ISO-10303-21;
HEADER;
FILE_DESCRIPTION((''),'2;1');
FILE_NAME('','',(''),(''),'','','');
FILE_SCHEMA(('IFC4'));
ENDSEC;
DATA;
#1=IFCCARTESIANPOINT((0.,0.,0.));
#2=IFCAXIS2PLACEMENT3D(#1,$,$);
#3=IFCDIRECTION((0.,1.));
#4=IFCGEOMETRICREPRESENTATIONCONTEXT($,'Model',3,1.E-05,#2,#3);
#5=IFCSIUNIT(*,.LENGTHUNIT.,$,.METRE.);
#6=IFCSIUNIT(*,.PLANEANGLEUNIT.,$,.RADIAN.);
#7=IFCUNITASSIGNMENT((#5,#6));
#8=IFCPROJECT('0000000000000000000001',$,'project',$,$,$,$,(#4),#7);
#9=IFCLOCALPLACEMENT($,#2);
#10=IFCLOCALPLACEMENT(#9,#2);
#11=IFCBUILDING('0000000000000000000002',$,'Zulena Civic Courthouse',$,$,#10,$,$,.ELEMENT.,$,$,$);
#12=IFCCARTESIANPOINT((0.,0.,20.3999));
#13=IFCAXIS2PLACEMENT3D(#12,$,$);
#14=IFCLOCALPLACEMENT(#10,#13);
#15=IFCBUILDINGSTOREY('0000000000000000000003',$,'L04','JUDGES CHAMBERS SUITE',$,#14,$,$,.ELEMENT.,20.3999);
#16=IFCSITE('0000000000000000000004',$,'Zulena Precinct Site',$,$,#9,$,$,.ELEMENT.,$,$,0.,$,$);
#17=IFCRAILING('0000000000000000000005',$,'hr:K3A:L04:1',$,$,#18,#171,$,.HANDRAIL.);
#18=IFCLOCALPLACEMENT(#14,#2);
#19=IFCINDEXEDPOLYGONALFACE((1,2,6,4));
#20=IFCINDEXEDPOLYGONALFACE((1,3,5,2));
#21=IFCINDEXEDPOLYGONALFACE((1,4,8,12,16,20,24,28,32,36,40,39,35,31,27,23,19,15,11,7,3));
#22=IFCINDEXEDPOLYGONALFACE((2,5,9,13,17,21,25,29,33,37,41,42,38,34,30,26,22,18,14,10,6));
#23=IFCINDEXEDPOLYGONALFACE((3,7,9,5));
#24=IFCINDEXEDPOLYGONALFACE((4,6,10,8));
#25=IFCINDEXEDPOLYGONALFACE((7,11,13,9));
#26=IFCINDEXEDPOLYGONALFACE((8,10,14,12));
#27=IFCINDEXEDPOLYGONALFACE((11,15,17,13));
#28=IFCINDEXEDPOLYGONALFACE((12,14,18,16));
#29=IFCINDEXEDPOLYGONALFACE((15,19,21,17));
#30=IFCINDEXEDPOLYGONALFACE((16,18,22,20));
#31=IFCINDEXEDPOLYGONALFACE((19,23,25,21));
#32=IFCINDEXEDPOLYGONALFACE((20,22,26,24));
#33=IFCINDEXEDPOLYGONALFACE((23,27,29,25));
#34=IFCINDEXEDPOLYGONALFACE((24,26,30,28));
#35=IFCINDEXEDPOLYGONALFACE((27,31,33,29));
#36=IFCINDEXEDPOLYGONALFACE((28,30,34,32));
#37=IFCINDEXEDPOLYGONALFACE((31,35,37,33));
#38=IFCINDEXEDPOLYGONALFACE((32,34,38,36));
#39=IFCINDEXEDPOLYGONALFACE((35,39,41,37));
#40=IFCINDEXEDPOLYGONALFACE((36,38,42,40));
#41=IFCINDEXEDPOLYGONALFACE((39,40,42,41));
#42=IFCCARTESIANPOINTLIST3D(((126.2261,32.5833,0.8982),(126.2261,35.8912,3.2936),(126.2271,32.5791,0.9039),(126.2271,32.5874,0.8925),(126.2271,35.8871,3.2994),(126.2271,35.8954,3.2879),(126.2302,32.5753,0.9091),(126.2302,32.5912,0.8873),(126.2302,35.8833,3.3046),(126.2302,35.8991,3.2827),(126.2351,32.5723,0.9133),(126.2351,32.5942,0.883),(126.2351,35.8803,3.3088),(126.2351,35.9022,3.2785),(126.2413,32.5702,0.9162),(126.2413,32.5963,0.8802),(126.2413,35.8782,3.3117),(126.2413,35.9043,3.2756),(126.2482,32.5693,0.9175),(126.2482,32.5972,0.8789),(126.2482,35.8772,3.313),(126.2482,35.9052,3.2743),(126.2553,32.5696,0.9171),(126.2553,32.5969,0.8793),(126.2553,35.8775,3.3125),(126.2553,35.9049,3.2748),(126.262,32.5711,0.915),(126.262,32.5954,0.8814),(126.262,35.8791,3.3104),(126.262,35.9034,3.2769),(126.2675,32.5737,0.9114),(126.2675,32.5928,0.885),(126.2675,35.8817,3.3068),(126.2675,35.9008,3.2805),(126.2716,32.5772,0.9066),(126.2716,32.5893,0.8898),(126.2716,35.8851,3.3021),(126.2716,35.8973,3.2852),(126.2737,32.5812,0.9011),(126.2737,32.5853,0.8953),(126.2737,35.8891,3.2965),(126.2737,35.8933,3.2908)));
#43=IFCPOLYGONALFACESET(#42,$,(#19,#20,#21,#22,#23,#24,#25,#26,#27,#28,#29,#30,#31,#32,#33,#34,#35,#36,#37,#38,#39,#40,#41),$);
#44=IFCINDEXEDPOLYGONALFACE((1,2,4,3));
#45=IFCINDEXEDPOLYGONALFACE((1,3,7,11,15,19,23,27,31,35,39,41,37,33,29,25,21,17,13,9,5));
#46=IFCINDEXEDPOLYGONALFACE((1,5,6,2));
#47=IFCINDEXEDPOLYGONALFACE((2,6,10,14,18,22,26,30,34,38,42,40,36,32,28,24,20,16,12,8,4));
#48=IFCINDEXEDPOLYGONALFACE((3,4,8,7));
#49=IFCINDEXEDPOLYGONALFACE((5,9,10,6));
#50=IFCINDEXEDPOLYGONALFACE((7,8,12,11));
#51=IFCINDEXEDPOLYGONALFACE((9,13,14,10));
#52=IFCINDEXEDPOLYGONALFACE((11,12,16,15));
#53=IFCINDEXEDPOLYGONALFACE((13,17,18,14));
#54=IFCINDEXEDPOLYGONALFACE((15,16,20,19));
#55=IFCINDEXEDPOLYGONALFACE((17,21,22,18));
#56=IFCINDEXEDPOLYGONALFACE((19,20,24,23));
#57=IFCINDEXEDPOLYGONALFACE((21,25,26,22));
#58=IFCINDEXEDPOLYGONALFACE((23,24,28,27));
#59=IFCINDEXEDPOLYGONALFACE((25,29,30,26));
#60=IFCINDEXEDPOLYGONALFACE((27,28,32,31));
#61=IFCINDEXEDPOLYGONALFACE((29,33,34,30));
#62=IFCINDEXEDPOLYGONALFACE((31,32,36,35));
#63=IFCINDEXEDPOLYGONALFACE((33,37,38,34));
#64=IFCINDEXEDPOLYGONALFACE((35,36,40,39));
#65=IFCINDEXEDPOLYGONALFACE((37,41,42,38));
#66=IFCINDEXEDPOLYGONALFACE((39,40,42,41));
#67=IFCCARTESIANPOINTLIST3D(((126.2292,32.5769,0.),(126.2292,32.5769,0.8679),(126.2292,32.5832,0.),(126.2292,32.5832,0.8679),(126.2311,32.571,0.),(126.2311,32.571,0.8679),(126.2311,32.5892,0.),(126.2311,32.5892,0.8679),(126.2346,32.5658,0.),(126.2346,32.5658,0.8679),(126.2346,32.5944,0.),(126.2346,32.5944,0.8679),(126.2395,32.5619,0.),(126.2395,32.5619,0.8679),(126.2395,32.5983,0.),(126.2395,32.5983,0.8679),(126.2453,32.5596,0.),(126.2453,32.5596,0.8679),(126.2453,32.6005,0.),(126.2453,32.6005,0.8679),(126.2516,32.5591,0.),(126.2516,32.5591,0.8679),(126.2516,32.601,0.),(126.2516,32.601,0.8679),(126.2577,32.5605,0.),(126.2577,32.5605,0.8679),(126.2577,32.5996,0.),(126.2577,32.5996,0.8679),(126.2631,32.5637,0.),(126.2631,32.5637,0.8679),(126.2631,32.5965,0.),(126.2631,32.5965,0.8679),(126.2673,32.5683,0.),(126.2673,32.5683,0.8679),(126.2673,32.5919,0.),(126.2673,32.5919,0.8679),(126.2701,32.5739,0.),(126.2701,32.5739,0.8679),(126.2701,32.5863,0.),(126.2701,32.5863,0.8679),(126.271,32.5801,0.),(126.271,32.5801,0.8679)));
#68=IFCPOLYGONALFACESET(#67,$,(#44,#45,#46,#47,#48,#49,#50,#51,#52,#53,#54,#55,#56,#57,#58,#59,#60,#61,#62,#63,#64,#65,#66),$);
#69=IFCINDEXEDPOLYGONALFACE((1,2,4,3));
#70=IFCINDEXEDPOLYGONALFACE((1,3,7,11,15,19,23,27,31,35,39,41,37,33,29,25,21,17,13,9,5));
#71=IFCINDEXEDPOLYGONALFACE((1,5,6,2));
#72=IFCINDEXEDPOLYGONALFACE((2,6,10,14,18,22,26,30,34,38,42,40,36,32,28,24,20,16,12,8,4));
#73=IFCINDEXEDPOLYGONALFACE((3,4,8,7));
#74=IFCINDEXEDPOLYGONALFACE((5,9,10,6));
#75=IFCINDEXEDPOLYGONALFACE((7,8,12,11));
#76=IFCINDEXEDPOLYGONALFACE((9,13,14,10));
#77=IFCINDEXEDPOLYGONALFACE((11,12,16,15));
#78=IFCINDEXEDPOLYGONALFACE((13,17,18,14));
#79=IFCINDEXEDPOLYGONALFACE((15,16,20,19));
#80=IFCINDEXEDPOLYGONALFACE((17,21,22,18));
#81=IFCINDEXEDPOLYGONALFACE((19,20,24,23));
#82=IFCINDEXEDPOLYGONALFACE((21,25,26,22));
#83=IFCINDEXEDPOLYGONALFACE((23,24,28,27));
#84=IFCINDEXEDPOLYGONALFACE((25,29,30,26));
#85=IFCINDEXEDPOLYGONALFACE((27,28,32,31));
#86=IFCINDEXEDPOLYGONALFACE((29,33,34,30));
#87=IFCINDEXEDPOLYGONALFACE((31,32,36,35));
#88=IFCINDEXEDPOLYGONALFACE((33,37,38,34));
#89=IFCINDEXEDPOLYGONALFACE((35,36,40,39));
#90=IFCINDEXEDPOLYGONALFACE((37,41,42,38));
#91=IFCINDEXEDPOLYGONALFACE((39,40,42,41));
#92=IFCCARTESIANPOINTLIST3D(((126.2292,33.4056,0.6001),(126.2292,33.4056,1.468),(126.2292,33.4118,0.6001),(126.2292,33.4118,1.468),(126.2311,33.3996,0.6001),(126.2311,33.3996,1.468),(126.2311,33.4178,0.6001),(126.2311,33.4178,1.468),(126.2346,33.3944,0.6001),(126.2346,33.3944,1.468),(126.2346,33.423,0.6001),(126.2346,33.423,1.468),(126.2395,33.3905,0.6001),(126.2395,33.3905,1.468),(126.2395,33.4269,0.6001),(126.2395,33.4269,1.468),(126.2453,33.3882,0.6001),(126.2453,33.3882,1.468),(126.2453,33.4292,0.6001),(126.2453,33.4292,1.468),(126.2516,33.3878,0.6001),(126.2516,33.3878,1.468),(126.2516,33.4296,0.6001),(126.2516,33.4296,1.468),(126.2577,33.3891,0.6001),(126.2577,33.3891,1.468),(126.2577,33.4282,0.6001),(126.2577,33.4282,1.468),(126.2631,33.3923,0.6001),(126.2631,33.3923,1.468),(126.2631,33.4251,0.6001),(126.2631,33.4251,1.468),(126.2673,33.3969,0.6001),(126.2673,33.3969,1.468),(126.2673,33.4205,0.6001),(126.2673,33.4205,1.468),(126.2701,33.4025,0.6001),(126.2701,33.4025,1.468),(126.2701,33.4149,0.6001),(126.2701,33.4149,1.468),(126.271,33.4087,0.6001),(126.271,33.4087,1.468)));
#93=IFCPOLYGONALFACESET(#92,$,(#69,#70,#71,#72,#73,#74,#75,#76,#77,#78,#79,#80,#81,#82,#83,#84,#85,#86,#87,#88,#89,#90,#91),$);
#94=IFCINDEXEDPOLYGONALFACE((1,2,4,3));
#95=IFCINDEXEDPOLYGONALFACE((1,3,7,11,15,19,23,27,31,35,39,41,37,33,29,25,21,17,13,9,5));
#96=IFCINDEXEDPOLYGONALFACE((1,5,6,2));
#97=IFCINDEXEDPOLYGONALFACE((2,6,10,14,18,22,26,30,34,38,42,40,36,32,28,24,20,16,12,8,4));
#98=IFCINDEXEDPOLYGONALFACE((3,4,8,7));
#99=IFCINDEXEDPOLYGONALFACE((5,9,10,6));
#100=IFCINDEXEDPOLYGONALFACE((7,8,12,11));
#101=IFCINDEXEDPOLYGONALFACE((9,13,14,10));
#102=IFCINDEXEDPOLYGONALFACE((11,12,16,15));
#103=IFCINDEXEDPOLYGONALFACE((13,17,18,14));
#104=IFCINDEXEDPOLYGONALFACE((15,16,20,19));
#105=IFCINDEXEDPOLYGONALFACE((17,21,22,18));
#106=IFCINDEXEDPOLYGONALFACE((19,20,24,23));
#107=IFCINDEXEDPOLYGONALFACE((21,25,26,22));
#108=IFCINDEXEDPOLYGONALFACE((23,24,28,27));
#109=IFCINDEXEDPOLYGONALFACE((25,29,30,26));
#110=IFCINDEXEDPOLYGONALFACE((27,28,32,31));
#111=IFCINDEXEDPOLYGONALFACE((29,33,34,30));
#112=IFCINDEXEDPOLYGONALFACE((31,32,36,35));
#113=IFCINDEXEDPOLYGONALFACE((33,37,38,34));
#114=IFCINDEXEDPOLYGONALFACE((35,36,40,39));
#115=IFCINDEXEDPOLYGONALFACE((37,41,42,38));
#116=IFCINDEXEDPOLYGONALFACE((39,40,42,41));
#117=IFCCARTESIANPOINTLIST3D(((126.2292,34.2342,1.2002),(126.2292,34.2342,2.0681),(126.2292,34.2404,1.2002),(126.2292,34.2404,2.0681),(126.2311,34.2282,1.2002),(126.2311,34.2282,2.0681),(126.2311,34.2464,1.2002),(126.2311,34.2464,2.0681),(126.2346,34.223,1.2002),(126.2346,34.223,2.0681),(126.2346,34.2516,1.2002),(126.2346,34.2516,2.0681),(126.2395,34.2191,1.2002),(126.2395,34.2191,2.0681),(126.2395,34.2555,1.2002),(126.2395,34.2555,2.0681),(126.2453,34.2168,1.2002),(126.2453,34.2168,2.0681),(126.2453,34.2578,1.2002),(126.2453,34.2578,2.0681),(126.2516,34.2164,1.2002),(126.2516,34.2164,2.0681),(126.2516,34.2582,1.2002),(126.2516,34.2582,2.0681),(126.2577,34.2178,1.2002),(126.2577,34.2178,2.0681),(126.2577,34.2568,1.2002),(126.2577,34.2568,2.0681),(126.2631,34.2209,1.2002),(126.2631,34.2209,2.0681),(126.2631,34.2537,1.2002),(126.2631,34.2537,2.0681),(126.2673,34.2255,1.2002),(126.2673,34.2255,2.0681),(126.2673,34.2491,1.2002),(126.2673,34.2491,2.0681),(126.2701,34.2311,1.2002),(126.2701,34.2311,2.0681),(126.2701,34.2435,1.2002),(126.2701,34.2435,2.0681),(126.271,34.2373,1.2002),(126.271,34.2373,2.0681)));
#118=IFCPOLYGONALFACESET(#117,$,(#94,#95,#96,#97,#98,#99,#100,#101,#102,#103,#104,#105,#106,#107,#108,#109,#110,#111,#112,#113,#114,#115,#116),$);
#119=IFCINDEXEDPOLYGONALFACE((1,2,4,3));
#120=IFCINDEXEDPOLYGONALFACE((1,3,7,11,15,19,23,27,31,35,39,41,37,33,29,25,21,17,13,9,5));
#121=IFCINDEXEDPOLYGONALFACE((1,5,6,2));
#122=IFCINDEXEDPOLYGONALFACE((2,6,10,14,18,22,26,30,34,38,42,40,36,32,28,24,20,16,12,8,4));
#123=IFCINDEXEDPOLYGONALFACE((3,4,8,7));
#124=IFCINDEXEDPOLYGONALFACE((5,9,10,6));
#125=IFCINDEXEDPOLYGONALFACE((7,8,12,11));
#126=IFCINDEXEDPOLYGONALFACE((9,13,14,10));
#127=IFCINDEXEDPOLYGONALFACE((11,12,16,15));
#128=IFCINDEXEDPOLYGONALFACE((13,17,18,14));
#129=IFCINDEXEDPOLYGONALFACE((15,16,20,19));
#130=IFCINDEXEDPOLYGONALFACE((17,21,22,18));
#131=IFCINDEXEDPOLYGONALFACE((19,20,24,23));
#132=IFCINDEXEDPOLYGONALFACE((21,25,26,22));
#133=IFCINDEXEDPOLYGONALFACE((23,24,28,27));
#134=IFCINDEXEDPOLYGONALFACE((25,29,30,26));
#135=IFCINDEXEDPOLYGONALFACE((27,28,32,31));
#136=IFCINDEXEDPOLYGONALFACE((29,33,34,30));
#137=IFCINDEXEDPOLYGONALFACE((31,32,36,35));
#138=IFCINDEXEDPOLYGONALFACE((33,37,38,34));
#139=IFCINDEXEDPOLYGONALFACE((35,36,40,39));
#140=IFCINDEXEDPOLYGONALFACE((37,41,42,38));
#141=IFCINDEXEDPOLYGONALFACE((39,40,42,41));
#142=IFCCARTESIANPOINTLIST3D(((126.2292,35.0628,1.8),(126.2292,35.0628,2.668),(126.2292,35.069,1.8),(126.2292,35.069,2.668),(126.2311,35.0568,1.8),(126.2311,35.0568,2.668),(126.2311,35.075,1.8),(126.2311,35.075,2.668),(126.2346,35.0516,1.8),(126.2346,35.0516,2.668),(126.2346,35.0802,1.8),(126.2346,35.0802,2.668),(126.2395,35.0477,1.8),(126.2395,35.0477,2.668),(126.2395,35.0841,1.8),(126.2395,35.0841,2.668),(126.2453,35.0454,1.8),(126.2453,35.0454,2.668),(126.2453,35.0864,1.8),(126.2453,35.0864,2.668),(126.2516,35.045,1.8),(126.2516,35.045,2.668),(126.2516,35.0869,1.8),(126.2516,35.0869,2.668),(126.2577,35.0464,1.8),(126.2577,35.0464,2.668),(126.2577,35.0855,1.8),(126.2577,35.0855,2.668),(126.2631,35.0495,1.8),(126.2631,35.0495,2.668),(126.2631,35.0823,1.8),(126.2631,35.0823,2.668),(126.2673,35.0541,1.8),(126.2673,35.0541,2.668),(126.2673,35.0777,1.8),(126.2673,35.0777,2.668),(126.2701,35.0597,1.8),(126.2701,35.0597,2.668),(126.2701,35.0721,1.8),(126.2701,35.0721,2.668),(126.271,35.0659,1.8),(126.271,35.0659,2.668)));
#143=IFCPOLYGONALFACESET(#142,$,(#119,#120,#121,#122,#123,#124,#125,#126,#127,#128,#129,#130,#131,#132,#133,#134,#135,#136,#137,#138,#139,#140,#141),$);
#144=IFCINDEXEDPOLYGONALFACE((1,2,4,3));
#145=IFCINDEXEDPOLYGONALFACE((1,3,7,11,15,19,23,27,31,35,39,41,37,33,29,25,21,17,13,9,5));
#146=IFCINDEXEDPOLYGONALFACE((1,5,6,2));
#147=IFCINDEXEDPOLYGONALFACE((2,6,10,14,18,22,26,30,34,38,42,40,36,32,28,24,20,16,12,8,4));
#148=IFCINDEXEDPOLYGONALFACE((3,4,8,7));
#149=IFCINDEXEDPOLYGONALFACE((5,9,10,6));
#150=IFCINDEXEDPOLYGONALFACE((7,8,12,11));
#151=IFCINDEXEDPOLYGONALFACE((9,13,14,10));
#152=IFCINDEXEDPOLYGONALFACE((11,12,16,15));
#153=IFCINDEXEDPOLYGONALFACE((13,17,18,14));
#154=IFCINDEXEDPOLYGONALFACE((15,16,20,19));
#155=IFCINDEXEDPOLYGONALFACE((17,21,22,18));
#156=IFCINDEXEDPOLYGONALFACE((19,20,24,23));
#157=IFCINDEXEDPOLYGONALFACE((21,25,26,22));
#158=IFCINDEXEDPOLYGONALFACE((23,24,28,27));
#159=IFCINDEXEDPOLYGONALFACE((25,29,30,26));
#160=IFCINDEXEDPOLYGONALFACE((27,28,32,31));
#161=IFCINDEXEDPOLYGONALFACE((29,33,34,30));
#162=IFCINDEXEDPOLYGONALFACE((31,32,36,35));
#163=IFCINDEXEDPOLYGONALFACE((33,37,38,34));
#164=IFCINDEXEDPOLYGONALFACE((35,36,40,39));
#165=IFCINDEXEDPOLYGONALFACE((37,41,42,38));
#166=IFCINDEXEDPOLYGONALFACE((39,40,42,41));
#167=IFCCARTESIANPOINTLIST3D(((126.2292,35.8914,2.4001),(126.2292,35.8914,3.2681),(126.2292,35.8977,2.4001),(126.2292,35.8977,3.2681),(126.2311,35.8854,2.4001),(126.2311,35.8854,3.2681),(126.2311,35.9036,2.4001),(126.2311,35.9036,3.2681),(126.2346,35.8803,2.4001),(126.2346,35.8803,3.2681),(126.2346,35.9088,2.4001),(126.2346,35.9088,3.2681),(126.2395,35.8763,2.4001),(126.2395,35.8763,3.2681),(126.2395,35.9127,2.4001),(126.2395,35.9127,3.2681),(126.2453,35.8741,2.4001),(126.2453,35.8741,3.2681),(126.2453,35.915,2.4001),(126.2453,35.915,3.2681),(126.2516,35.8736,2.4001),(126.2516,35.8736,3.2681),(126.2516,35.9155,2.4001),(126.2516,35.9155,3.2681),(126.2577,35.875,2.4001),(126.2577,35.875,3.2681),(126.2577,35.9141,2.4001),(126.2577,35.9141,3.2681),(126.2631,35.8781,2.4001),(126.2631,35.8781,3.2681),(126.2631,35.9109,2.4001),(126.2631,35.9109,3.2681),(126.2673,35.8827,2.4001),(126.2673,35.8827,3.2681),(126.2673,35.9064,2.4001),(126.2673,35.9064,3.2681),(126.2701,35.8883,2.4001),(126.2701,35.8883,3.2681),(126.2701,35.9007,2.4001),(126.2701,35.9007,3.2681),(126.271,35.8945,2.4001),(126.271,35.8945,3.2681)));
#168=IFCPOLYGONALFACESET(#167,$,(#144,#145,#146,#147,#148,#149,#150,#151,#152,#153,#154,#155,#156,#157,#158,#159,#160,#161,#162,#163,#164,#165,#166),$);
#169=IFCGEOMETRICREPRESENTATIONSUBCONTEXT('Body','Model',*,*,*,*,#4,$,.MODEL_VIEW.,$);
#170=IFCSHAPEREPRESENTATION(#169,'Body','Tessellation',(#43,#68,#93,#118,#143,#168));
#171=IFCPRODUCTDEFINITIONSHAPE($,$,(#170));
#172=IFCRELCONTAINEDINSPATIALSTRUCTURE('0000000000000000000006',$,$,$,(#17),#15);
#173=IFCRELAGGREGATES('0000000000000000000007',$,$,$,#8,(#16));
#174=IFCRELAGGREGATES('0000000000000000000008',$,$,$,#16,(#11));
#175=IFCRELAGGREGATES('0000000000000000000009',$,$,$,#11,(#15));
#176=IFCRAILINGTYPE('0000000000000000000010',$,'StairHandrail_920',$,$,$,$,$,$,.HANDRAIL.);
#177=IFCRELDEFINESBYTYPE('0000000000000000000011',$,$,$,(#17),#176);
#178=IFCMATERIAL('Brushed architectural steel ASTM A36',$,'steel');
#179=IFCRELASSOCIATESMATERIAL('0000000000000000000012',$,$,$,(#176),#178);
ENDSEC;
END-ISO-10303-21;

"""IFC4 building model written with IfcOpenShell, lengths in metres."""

from ifc_helpers import new_model, si_unit, direction, frame, origin, origin_2d, place, context, subcontext, project, spatial, circle, extrude, material, type_object, element, save


model = new_model("IFC4")

# Units and contexts
model_context = context("Model", 3, precision=1e-05, world=origin(), true_north=direction((0.0, 1.0)))
body_context = subcontext(model_context, "Body", "Model", "MODEL_VIEW")
ifc_project = project(units=[si_unit("LENGTHUNIT", "METRE"), si_unit("PLANEANGLEUNIT", "RADIAN")], contexts=[model_context])

# Site, building, storey
site_placement = place(None, origin())
site = spatial("IfcSite", under=ifc_project, at=site_placement, Name="Zulena Precinct Site", CompositionType="ELEMENT", RefElevation=0.0)
building_placement = place(site_placement, origin())
building = spatial("IfcBuilding", under=site, at=building_placement, Name="Zulena Civic Courthouse", CompositionType="ELEMENT")
storey_placement = place(building_placement, frame((0.0, 0.0, 20.3999)))
storey = spatial("IfcBuildingStorey", under=building, at=storey_placement, Name="L04", Description="JUDGES CHAMBERS SUITE", CompositionType="ELEMENT", Elevation=20.3999)

# Railing
ifc_material_1 = material(Name="Brushed architectural steel ASTM A36", Category="steel")
railing_type = type_object("IfcRailingType", Name="StairHandrail_920", PredefinedType="HANDRAIL", material=ifc_material_1)
railing_placement = place(storey_placement, frame((126.25, 32.5801, 0.0)))
element("IfcRailing", 1, at=railing_placement, inside=storey, type_object=railing_type, Name="hr:K3A:L04:1", PredefinedType="HANDRAIL", context=body_context, shape_type="SweptSolid", body=[
    extrude(circle(Radius=0.0239, at=origin_2d()), frame((0.0, 0.0032, 0.8982), z_axis=(0.0, 0.809939, 0.586514), x_axis=(-1.0, 0.0, 0.0)), (0.0, 0.0, 1.0), 4.0842),
    extrude(circle(Radius=0.021, at=origin_2d()), origin(), (0.0, 0.0, 1.0), 0.8679),
    extrude(circle(Radius=0.021, at=origin_2d()), frame((0.0, 0.8286, 0.6001)), (0.0, 0.0, 1.0), 0.8679),
    extrude(circle(Radius=0.021, at=origin_2d()), frame((0.0, 1.6572, 1.2002)), (0.0, 0.0, 1.0), 0.8679),
    extrude(circle(Radius=0.021, at=origin_2d()), frame((0.0, 2.4858, 1.8)), (0.0, 0.0, 1.0), 0.8679),
    extrude(circle(Radius=0.021, at=origin_2d()), frame((0.0, 3.3145, 2.4001)), (0.0, 0.0, 1.0), 0.8679),
])

save(model, "model.ifc")
